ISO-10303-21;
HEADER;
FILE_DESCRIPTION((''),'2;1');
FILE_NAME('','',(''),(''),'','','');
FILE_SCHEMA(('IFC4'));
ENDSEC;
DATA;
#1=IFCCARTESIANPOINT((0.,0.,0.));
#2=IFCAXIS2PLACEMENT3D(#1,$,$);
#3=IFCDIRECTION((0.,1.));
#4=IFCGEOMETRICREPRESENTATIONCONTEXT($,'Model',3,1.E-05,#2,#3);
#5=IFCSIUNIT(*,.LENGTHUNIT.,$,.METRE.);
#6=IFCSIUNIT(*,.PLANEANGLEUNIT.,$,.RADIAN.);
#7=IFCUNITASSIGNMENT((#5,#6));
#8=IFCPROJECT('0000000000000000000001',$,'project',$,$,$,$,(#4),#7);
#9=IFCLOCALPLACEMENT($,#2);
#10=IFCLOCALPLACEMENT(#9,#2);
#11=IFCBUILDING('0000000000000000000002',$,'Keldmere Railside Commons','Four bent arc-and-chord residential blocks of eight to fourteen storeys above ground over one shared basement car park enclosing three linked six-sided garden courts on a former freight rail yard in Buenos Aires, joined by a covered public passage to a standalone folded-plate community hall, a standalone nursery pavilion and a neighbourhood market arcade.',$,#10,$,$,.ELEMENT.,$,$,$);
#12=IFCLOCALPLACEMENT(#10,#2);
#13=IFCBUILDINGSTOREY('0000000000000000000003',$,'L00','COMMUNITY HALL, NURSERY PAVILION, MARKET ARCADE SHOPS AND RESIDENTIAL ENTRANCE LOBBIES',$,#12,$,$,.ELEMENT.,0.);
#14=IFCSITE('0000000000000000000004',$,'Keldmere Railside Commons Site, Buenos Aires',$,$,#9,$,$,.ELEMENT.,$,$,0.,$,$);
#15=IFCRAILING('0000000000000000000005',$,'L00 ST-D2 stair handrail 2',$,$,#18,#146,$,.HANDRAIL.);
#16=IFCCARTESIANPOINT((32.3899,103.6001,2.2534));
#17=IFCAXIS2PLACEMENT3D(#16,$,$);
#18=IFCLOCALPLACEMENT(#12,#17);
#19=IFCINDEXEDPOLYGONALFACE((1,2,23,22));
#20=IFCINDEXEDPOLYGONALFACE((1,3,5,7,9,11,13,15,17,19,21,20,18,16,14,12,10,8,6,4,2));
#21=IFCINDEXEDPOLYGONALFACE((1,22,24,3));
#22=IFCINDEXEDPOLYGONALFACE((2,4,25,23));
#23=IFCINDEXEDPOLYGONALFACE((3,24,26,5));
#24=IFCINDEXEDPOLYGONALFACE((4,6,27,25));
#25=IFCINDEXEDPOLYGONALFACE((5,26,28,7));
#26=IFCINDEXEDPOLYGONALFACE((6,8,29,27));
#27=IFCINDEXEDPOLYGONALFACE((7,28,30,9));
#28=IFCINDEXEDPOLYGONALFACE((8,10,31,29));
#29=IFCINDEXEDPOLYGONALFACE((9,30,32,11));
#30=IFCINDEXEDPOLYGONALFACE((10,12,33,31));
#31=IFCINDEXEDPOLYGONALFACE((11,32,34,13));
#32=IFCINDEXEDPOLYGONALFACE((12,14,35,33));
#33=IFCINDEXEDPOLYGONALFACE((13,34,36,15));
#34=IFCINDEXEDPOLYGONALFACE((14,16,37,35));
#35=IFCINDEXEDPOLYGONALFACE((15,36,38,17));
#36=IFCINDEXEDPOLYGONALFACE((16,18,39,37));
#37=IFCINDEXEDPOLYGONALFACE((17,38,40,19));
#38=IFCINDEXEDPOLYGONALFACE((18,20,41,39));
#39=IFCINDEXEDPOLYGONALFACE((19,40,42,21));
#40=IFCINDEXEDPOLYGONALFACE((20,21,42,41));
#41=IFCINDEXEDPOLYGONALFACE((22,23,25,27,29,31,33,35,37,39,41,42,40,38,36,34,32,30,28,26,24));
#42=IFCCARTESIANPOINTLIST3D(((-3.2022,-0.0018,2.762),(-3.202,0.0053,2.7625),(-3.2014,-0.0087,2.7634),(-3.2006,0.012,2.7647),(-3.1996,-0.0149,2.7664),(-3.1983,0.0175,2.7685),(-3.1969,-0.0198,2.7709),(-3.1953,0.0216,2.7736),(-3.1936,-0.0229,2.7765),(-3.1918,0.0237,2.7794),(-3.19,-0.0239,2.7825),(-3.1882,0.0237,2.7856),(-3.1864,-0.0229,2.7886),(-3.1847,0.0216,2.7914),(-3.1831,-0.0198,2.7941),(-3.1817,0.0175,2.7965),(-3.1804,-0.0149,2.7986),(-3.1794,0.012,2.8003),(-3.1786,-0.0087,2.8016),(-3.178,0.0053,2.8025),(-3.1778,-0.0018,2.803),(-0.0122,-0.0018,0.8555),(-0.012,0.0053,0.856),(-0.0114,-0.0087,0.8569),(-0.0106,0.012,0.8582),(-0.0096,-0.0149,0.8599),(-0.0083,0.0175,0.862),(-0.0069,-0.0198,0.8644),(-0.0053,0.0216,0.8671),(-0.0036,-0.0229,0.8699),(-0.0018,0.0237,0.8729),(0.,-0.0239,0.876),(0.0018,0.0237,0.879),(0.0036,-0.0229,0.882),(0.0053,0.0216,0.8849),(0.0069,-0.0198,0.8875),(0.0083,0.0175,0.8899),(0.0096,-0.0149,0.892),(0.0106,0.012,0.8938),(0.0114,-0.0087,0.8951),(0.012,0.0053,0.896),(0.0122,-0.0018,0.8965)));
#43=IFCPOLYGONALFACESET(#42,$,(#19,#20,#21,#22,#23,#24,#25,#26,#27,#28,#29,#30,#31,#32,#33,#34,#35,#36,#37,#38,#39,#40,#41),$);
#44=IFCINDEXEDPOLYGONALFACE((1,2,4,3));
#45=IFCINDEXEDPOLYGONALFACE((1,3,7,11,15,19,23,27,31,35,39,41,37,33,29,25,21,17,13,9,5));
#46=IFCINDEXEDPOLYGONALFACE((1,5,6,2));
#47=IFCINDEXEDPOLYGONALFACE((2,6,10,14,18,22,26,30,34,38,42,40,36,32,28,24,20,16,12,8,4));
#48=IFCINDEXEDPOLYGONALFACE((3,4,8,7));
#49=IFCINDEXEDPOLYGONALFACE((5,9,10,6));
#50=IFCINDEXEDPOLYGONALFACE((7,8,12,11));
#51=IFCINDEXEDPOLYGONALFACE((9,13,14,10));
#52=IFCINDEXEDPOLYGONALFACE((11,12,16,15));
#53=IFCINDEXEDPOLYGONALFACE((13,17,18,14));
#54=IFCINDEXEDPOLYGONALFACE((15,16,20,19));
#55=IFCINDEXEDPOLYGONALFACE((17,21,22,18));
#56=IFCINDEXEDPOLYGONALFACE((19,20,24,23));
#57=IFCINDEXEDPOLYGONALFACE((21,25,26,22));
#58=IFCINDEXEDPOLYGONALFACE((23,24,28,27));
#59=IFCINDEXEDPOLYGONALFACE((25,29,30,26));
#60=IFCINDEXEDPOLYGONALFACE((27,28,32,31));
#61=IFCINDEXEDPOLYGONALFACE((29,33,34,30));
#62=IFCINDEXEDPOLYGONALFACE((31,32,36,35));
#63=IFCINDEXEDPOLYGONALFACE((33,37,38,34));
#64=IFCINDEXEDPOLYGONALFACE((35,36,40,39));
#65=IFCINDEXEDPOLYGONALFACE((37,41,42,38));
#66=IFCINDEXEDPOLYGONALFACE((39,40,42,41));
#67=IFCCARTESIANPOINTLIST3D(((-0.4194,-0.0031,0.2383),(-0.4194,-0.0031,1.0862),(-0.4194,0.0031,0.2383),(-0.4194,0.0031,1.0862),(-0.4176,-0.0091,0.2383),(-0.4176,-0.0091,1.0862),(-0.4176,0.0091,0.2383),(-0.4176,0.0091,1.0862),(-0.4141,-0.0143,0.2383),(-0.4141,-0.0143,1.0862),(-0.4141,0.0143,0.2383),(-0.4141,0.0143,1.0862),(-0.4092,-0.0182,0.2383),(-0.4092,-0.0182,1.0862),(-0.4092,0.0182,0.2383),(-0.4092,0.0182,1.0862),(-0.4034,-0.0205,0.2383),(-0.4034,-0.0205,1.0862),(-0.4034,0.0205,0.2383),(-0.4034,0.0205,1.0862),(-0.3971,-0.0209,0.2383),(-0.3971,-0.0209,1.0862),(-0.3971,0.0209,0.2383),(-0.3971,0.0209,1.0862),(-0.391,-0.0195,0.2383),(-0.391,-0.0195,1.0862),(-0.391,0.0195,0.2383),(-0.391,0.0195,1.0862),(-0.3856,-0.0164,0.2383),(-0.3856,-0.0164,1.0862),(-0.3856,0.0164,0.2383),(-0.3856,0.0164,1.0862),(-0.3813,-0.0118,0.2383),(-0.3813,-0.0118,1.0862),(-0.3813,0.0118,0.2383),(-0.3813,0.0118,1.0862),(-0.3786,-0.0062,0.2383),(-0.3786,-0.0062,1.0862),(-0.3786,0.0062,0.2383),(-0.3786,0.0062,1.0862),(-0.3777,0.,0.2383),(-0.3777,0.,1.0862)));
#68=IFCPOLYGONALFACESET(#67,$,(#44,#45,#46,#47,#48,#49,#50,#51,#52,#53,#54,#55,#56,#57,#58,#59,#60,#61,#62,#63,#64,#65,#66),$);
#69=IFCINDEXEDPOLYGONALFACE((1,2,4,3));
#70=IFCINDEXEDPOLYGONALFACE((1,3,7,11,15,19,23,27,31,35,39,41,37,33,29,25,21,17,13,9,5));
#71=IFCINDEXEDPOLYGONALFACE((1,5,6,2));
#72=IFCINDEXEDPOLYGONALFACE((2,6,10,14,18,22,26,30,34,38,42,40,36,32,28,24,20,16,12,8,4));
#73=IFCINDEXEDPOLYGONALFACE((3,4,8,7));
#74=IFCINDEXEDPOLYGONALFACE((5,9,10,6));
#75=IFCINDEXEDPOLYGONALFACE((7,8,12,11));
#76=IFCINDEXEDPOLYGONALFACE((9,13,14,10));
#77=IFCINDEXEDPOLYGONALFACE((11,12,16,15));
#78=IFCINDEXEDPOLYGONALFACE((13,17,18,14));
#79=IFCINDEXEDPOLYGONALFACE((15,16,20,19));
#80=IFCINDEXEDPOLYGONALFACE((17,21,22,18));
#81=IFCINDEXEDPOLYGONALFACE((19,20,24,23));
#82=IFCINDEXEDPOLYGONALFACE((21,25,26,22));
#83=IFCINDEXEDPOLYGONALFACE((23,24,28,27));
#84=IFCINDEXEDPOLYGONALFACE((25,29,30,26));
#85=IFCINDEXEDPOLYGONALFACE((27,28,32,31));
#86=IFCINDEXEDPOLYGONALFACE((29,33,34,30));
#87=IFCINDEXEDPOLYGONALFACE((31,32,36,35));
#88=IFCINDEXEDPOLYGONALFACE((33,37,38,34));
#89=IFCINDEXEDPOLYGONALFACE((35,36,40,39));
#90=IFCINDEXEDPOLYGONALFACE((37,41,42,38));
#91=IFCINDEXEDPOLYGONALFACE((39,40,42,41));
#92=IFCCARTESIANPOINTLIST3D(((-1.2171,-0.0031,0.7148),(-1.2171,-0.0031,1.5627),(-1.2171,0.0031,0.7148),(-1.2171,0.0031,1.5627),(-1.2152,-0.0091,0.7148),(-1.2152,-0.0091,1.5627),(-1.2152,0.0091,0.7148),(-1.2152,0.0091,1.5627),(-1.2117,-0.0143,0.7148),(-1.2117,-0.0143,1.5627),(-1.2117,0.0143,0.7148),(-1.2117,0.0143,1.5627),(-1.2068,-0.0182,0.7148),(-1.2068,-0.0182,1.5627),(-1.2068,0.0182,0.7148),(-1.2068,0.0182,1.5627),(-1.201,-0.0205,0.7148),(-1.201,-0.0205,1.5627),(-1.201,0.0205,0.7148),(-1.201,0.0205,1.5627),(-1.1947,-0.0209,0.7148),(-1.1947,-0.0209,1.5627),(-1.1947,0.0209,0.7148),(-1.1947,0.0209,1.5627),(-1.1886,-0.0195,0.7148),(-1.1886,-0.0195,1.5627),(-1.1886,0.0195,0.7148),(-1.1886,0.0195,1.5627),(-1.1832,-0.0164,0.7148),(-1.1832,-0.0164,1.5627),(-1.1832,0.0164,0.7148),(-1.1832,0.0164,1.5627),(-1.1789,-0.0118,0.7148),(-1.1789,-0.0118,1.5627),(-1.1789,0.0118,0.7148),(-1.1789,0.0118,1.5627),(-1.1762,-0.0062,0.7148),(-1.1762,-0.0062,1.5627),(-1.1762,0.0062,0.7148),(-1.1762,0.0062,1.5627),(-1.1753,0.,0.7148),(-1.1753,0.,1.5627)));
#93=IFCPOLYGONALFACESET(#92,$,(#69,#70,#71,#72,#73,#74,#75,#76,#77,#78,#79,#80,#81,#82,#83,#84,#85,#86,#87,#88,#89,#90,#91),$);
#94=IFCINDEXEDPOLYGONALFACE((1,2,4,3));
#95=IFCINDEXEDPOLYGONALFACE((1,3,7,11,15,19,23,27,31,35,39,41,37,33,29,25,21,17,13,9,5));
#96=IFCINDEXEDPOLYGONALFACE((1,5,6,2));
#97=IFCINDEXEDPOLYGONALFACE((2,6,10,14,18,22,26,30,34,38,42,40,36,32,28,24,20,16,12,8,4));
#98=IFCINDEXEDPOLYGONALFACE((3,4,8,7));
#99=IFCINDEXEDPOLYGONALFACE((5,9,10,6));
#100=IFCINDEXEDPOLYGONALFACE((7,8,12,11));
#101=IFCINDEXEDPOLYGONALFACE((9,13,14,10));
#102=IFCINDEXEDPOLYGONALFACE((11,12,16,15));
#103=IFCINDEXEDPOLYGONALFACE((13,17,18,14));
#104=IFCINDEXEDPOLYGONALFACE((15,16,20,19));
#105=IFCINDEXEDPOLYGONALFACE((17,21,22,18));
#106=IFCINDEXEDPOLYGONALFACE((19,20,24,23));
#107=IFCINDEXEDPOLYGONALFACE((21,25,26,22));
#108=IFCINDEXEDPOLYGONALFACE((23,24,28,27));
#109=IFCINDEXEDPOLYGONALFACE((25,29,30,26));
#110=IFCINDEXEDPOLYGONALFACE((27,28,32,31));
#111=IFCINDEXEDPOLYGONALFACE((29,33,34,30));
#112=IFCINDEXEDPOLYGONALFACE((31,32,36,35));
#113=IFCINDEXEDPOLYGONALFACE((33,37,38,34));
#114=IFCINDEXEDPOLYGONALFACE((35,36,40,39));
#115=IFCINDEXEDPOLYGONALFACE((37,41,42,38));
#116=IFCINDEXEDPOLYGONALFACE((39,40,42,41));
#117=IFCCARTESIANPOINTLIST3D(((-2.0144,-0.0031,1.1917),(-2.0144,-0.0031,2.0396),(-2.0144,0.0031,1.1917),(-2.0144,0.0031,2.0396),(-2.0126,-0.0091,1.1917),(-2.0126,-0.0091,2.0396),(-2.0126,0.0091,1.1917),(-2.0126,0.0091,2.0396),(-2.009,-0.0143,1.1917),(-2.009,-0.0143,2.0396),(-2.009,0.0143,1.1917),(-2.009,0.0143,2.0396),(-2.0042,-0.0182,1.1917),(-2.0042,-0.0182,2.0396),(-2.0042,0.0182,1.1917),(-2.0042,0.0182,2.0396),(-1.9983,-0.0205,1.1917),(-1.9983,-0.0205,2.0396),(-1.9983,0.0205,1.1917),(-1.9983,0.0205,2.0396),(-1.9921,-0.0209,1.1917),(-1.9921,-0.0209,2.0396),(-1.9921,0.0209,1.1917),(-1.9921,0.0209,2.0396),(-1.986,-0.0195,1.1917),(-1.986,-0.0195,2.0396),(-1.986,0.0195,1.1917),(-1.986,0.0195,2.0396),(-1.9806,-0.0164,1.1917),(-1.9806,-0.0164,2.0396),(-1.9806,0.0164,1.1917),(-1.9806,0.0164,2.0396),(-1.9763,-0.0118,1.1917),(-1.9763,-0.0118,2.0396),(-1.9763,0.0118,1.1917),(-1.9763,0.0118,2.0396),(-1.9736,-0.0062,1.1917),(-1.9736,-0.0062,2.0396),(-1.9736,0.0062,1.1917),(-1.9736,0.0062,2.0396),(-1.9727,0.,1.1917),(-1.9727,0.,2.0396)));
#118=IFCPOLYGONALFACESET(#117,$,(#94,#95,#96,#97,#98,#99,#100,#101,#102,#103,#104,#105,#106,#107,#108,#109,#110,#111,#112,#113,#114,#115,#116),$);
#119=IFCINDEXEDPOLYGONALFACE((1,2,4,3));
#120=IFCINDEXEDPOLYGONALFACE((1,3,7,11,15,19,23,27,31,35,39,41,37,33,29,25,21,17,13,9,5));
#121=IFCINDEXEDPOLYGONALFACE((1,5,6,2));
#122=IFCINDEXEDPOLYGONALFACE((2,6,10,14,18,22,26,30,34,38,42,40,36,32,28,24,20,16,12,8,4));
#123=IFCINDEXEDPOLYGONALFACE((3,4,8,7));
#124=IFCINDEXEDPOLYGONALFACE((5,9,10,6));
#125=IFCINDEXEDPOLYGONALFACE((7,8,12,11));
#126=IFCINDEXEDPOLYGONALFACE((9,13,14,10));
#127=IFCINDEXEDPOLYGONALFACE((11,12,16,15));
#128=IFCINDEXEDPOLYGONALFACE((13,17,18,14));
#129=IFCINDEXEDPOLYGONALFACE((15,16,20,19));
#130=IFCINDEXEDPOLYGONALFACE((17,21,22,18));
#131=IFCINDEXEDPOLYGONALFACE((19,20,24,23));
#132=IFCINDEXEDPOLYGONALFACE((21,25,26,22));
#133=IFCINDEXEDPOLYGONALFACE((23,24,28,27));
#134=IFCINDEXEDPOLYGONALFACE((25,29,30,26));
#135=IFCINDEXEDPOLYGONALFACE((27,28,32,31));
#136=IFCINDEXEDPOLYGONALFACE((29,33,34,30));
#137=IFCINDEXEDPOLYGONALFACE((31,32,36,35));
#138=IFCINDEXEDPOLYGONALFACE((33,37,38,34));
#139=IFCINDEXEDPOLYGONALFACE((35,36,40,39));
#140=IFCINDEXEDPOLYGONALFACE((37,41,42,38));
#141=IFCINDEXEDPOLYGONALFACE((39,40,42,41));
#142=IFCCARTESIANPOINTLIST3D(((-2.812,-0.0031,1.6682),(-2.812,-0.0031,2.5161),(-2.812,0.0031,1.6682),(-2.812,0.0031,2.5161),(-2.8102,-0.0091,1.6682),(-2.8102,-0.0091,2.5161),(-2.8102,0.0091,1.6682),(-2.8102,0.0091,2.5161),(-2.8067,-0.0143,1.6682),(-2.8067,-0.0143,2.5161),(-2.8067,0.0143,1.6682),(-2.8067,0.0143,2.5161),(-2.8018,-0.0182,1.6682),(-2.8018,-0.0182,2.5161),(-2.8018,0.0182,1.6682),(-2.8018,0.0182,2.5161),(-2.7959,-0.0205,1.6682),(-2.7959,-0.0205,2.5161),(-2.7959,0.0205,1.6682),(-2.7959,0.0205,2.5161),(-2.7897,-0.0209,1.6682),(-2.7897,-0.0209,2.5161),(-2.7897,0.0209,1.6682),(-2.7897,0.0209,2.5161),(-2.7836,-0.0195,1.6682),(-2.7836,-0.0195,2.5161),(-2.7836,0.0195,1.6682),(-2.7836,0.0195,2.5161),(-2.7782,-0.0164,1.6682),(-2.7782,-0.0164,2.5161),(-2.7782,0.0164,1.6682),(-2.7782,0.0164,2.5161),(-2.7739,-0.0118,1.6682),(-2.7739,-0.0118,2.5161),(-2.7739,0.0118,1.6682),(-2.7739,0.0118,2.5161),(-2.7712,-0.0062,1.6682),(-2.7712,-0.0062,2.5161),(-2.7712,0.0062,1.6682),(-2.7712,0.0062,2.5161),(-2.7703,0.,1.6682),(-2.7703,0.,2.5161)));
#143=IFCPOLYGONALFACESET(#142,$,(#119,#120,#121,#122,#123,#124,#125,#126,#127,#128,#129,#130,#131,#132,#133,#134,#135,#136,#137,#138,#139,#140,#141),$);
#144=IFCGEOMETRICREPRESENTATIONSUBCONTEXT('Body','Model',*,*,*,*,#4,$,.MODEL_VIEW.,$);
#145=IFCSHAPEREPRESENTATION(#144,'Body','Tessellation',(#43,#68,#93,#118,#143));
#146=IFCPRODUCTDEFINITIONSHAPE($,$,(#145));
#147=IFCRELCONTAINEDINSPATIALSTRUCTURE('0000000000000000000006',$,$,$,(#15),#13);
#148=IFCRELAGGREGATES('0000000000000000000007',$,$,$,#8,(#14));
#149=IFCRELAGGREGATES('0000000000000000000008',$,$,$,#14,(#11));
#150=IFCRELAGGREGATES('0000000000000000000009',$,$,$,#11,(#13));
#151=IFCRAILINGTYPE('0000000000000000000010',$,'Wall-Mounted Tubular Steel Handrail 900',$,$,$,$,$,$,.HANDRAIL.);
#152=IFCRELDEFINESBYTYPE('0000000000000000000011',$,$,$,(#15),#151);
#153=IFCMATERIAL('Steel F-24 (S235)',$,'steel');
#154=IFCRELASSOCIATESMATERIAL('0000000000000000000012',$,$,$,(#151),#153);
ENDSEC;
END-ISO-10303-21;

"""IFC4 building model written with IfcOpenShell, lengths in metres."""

from ifc_helpers import new_model, si_unit, direction, frame, origin, origin_2d, place, context, subcontext, project, spatial, circle, extrude, material, type_object, element, save


model = new_model("IFC4")

# Units and contexts
model_context = context("Model", 3, precision=1e-05, world=origin(), true_north=direction((0.0, 1.0)))
body_context = subcontext(model_context, "Body", "Model", "MODEL_VIEW")
ifc_project = project(units=[si_unit("LENGTHUNIT", "METRE"), si_unit("PLANEANGLEUNIT", "RADIAN")], contexts=[model_context])

# Site, building, storey
site_placement = place(None, origin())
site = spatial("IfcSite", under=ifc_project, at=site_placement, Name="Keldmere Railside Commons Site, Buenos Aires", CompositionType="ELEMENT", RefElevation=0.0)
building_placement = place(site_placement, origin())
building = spatial("IfcBuilding", under=site, at=building_placement, Name="Keldmere Railside Commons", Description="Four bent arc-and-chord residential blocks of eight to fourteen storeys above ground over one shared basement car park enclosing three linked six-sided garden courts on a former freight rail yard in Buenos Aires, joined by a covered public passage to a standalone folded-plate community hall, a standalone nursery pavilion and a neighbourhood market arcade.", CompositionType="ELEMENT")
storey_placement = place(building_placement, origin())
storey = spatial("IfcBuildingStorey", under=building, at=storey_placement, Name="L00", Description="COMMUNITY HALL, NURSERY PAVILION, MARKET ARCADE SHOPS AND RESIDENTIAL ENTRANCE LOBBIES", CompositionType="ELEMENT", Elevation=0.0)

# Shared definitions
ifc_material_1 = material(Name="Steel F-24 (S235)", Category="steel")

# Railing
railing_type_1 = type_object("IfcRailingType", Name="Wall-Mounted Tubular Steel Handrail 900", PredefinedType="HANDRAIL", material=ifc_material_1)
railing_1_placement = place(storey_placement, frame((32.3899, 103.6001, 2.2534)))
element("IfcRailing", 1, at=railing_1_placement, inside=storey, type_object=railing_type_1, Name="L00 ST-D2 stair handrail 2", PredefinedType="HANDRAIL", context=body_context, shape_type="SweptSolid", body=[
    extrude(circle(Radius=0.0239, at=origin_2d()), frame((0.0, 0.0, 0.876), z_axis=(-0.858379, 0.0, 0.513017), x_axis=(0.0, -1.0, 0.0)), (0.0, 0.0, 1.0), 3.7163),
    extrude(circle(Radius=0.021, at=origin_2d()), frame((-0.3987, 0.0, 0.2383)), (0.0, 0.0, 1.0), 0.8479),
    extrude(circle(Radius=0.021, at=origin_2d()), frame((-1.1963, 0.0, 0.7148)), (0.0, 0.0, 1.0), 0.8479),
    extrude(circle(Radius=0.021, at=origin_2d()), frame((-1.9937, 0.0, 1.1917)), (0.0, 0.0, 1.0), 0.8479),
    extrude(circle(Radius=0.021, at=origin_2d()), frame((-2.7913, 0.0, 1.6682)), (0.0, 0.0, 1.0), 0.8479),
])

save(model, "model.ifc")
